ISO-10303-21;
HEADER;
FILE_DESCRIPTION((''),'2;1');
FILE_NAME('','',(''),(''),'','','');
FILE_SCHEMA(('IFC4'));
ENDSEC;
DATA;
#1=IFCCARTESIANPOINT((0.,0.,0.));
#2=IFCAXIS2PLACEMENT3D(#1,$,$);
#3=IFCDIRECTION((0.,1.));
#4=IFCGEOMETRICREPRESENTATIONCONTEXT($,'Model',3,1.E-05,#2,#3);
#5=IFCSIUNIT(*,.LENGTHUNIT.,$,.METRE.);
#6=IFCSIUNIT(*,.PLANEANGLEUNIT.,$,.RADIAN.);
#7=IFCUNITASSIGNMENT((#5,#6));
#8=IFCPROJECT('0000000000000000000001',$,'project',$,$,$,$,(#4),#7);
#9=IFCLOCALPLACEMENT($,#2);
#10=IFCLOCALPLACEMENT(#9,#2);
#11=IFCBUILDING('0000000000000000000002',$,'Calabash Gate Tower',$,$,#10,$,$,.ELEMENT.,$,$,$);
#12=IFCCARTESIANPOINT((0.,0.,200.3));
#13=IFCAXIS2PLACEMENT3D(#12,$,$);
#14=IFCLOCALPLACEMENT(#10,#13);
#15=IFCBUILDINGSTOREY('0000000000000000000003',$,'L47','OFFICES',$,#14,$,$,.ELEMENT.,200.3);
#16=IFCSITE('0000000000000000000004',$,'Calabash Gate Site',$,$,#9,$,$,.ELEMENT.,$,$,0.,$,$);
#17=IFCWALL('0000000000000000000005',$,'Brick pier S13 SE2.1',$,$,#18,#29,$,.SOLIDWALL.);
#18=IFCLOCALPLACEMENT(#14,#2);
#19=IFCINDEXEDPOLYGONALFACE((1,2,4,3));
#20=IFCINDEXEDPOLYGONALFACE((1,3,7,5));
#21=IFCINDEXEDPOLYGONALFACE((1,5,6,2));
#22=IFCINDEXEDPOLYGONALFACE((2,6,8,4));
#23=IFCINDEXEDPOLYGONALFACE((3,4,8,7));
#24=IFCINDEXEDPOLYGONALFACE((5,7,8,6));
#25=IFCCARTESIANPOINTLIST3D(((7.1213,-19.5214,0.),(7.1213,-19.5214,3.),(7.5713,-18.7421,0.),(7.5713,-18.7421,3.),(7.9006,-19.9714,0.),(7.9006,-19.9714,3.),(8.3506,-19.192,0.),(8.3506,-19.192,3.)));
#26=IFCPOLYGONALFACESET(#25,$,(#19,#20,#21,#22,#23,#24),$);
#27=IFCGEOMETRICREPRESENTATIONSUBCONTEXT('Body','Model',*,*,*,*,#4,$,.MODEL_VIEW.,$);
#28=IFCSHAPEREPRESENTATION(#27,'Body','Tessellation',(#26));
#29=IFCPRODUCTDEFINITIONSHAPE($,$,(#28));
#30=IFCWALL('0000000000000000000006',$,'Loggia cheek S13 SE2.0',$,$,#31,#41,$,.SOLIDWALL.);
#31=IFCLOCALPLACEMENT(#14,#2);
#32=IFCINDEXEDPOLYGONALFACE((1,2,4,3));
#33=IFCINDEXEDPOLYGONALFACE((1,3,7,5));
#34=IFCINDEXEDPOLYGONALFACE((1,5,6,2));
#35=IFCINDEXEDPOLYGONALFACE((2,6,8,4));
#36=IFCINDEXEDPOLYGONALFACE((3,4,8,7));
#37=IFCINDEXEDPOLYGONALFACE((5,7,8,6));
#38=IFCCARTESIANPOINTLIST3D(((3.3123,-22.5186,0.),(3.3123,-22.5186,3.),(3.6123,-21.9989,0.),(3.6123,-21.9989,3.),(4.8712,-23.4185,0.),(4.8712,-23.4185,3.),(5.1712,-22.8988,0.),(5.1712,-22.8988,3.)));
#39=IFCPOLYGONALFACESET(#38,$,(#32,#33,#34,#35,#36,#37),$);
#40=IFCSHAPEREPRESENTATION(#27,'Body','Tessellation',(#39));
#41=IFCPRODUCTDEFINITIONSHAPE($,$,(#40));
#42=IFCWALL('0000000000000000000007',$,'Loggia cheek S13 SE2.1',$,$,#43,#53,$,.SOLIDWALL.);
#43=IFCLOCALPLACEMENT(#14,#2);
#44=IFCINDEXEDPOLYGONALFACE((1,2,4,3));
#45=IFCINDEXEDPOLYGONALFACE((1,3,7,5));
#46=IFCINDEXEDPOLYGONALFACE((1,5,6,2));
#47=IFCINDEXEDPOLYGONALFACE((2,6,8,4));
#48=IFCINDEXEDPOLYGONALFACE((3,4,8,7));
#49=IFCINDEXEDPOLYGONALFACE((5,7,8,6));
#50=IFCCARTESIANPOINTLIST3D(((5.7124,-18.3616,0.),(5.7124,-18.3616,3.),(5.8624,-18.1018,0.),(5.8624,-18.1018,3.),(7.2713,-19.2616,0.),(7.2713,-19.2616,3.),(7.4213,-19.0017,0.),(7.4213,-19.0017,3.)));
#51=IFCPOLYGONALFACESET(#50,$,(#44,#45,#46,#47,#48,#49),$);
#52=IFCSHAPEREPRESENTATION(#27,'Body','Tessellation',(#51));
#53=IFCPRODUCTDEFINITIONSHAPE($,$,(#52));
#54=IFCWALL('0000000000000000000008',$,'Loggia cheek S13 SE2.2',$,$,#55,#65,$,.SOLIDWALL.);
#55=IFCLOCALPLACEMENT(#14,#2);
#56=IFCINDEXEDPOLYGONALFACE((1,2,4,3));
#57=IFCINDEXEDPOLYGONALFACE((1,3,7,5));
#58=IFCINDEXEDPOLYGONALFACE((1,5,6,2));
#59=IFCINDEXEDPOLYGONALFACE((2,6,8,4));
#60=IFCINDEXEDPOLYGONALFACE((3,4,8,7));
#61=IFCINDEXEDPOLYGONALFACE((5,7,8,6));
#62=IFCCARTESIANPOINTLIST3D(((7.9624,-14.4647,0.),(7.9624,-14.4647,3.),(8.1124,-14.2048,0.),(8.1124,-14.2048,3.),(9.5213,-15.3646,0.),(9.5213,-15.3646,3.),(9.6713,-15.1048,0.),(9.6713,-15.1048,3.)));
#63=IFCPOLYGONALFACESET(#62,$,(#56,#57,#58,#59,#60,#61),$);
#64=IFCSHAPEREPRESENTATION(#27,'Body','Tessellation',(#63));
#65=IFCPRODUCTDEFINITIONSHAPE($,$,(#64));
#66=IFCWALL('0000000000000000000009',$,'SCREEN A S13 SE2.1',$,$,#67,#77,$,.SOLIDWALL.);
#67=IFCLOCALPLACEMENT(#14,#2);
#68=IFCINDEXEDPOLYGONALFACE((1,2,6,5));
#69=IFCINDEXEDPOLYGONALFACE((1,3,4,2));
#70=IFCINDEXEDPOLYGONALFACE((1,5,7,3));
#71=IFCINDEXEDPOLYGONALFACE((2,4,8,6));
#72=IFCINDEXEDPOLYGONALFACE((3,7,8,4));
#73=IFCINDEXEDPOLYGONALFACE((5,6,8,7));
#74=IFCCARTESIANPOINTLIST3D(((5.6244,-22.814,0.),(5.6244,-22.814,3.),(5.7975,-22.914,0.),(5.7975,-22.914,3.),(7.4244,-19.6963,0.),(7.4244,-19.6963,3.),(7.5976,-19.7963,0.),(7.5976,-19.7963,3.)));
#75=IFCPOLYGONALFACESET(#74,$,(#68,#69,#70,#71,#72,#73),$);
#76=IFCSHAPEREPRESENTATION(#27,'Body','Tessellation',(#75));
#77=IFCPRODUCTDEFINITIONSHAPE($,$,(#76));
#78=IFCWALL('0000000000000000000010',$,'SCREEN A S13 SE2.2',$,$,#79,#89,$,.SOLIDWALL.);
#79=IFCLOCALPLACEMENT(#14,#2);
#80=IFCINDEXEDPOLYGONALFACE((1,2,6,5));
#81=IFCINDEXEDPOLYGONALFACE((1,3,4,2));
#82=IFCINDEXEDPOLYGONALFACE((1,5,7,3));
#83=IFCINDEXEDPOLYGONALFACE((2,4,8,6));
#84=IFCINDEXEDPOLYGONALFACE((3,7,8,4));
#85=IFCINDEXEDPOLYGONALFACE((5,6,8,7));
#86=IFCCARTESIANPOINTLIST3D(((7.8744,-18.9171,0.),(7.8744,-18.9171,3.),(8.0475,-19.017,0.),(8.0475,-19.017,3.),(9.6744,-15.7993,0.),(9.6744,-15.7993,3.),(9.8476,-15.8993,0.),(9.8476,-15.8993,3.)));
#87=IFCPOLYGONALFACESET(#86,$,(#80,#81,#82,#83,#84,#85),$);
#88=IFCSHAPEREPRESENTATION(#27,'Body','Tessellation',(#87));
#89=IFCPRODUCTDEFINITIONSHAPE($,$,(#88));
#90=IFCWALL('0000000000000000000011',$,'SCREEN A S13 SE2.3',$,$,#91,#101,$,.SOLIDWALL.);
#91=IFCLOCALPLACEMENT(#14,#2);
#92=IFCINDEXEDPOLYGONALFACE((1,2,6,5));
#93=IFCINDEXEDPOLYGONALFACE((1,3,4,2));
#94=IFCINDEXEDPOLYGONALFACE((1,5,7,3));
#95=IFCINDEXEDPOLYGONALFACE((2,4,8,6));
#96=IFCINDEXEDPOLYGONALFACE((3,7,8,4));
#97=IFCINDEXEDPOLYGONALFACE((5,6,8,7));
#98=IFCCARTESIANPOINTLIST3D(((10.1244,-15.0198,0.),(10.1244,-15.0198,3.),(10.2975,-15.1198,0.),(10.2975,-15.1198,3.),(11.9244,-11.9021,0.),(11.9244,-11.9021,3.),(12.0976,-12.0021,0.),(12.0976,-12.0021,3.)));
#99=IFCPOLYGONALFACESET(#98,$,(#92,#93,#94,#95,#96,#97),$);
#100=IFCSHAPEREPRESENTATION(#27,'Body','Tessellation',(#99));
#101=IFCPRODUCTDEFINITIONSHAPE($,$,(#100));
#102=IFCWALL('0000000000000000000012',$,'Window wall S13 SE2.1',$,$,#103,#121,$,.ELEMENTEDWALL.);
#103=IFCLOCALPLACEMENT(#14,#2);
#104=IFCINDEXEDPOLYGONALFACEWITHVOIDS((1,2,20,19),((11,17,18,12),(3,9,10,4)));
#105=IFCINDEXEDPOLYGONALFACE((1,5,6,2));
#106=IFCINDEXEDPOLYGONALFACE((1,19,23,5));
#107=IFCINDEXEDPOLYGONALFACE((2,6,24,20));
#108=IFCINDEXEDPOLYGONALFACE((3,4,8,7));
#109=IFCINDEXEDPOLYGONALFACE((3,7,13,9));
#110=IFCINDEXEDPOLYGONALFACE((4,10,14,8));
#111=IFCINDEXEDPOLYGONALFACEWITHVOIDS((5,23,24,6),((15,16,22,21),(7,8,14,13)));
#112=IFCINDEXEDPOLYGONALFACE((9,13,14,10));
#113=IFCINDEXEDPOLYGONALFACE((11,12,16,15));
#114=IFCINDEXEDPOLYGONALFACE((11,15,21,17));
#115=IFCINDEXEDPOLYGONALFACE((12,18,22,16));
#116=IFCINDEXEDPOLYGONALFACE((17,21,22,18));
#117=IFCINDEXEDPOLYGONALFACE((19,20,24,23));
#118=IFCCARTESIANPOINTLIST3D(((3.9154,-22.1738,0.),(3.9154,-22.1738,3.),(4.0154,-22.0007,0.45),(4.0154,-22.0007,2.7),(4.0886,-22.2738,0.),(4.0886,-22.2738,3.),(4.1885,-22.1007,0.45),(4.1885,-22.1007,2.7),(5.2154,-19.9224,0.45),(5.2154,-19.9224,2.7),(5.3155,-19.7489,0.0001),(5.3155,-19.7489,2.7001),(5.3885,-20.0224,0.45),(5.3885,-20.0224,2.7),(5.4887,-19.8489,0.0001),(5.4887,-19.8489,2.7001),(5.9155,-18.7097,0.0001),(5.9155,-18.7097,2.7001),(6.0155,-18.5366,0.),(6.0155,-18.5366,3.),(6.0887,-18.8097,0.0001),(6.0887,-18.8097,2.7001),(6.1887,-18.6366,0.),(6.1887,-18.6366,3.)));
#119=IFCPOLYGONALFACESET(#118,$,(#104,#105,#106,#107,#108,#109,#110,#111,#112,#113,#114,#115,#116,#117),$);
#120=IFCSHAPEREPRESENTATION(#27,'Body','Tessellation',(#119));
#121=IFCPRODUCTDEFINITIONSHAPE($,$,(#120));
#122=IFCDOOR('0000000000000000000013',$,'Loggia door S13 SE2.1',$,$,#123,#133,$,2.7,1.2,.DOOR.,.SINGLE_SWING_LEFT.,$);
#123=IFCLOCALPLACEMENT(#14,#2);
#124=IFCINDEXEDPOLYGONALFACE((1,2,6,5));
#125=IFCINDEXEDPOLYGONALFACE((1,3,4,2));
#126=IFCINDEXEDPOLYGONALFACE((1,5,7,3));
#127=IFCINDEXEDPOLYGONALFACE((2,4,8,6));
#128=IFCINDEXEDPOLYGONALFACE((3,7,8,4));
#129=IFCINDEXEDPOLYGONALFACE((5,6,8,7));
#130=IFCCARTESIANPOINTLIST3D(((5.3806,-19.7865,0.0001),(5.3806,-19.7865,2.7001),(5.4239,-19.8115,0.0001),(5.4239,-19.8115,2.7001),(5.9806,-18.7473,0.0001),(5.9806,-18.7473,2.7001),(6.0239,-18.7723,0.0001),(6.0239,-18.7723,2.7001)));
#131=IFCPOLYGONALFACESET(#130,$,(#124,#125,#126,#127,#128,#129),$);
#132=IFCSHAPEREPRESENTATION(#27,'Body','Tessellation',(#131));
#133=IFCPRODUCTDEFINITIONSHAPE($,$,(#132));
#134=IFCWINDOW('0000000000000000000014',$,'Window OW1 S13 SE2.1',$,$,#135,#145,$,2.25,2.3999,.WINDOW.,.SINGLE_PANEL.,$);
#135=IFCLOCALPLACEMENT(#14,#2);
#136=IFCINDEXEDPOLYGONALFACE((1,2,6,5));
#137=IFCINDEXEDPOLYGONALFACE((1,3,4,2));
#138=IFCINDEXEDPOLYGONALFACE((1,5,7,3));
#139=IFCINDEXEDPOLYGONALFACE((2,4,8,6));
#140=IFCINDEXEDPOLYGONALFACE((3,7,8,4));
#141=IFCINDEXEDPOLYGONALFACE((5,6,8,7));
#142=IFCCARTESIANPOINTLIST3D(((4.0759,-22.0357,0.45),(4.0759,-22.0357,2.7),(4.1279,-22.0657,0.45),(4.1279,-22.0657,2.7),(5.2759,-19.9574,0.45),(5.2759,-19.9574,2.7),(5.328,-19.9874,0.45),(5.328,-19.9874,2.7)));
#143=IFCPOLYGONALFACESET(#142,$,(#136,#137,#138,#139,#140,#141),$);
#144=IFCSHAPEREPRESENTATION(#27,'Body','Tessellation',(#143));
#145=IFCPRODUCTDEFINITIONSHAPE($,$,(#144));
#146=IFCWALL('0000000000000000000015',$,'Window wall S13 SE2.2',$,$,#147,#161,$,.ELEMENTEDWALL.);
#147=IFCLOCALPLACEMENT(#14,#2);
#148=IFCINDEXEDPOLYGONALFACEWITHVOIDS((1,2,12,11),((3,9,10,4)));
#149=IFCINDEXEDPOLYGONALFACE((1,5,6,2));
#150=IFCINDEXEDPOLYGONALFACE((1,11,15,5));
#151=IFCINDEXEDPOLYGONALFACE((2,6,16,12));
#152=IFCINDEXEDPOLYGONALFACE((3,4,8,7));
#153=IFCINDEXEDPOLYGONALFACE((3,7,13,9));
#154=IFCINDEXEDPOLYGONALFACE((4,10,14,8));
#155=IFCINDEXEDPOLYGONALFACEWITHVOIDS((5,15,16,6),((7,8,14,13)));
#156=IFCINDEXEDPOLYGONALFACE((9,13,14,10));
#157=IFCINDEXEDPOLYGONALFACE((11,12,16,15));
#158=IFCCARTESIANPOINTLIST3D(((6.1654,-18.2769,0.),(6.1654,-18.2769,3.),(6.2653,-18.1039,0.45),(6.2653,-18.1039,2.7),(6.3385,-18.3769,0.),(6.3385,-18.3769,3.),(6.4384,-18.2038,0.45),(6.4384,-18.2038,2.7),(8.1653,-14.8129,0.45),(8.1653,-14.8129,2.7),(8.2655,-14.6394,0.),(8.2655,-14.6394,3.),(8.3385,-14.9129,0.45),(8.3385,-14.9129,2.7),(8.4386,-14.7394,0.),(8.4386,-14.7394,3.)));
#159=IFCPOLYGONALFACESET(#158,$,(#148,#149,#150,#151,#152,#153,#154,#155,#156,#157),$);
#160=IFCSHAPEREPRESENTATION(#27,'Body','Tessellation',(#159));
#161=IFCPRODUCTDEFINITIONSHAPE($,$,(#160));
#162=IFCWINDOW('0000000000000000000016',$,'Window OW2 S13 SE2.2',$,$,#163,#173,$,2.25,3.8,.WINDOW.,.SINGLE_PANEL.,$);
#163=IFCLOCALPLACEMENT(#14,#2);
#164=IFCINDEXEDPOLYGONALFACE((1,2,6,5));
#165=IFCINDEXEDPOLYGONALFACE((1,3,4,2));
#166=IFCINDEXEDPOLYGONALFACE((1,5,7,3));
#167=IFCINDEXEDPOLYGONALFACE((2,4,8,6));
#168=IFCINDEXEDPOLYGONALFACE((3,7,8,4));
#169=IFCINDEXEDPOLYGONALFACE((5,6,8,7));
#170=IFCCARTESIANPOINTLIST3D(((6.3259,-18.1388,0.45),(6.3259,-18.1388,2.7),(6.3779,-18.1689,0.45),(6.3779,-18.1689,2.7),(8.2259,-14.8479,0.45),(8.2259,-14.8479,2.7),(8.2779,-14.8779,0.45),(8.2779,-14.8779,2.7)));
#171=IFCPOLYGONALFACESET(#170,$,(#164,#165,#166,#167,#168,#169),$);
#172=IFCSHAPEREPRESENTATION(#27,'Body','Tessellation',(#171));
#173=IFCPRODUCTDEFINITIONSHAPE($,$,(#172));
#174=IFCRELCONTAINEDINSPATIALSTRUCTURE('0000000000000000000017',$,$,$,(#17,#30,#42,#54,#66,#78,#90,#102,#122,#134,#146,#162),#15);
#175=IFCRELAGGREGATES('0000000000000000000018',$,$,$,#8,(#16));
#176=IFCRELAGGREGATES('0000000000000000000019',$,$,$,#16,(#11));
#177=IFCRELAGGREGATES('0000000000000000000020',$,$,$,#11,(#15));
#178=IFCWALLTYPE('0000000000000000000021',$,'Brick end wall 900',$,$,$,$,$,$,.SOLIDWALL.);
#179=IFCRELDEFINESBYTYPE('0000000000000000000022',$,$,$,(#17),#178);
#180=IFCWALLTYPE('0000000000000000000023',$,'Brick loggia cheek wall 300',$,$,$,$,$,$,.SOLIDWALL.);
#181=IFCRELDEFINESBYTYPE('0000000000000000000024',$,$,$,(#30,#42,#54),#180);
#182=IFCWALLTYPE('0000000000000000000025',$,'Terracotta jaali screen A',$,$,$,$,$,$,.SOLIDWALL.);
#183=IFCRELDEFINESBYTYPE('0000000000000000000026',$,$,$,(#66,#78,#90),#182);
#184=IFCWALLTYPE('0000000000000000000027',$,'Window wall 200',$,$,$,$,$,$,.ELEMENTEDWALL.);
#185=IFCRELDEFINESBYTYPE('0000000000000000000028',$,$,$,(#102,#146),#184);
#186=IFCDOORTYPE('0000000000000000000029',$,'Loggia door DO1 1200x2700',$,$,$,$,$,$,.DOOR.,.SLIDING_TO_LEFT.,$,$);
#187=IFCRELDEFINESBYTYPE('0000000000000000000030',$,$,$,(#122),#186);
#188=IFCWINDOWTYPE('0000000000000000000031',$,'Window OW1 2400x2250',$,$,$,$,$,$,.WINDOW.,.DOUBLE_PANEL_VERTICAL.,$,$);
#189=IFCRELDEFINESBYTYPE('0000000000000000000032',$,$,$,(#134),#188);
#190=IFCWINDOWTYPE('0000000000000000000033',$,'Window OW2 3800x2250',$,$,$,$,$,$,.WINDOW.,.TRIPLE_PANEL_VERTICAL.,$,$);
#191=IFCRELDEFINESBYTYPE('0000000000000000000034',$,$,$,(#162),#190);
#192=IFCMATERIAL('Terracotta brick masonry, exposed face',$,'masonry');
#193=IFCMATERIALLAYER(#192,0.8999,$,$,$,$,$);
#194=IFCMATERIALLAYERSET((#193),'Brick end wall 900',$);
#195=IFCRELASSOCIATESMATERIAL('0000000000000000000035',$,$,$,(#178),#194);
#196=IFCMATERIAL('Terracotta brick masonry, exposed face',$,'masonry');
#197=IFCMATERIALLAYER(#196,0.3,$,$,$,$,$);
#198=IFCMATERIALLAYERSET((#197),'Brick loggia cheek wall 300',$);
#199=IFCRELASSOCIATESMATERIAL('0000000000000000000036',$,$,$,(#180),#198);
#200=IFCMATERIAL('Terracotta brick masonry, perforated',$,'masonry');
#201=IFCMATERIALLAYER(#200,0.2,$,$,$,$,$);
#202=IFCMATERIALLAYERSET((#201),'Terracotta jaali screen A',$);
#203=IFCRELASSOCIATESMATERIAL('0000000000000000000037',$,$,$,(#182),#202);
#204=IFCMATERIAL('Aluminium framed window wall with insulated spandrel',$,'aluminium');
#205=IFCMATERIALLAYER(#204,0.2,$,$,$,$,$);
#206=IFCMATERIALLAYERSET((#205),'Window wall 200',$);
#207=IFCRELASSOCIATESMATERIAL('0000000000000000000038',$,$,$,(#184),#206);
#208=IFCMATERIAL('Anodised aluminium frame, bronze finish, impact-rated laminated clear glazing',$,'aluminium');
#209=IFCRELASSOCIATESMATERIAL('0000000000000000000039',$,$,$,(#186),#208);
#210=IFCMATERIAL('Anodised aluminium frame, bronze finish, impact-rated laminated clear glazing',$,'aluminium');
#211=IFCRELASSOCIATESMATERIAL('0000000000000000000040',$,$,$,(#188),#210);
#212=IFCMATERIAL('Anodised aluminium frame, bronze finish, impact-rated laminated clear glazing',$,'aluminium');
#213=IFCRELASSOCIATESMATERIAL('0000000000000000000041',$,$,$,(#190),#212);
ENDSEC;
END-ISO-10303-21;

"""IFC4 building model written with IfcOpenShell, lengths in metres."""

from ifc_helpers import new_model, si_unit, direction, frame, frame_2d, origin, place, context, subcontext, project, spatial, rectangle, extrude, material, layer, layer_set, type_object, element, fill, save


model = new_model("IFC4")

# Units and contexts
model_context = context("Model", 3, precision=1e-05, world=origin(), true_north=direction((0.0, 1.0)))
body_context = subcontext(model_context, "Body", "Model", "MODEL_VIEW")
ifc_project = project(units=[si_unit("LENGTHUNIT", "METRE"), si_unit("PLANEANGLEUNIT", "RADIAN")], contexts=[model_context])

# Site, building, storey
site_placement = place(None, origin())
site = spatial("IfcSite", under=ifc_project, at=site_placement, Name="Calabash Gate Site", CompositionType="ELEMENT", RefElevation=0.0)
building_placement = place(site_placement, origin())
building = spatial("IfcBuilding", under=site, at=building_placement, Name="Calabash Gate Tower", CompositionType="ELEMENT")
storey_placement = place(building_placement, frame((0.0, 0.0, 200.3)))
storey = spatial("IfcBuildingStorey", under=building, at=storey_placement, Name="L47", Description="OFFICES", CompositionType="ELEMENT", Elevation=200.3)

# Walls
ifc_material_1 = material(Name="Terracotta brick masonry, exposed face", Category="masonry")
ifc_layer_1 = layer(ifc_material_1, 0.8999)
ifc_layer_set_1 = layer_set([ifc_layer_1], Name="Brick end wall 900")
wall_type_1 = type_object("IfcWallType", Name="Brick end wall 900", PredefinedType="SOLIDWALL", material=ifc_layer_set_1)
wall_1_placement = place(storey_placement, frame((7.9609, -18.967, 0.0), z_axis=(0.0, 0.0, 1.0), x_axis=(-0.50002, -0.866014, 0.0)))
element("IfcWall", 1, at=wall_1_placement, inside=storey, type_object=wall_type_1, Name="Brick pier S13 SE2.1", PredefinedType="SOLIDWALL", context=body_context, shape_type="SweptSolid", body=[
    extrude(rectangle(XDim=0.8999, YDim=0.8999, at=frame_2d((0.45, 0.0))), origin(), (0.0, 0.0, 1.0), 3.0),
])
ifc_material_2 = material(Name="Terracotta brick masonry, exposed face", Category="masonry")
ifc_layer_2 = layer(ifc_material_2, 0.3)
ifc_layer_set_2 = layer_set([ifc_layer_2], Name="Brick loggia cheek wall 300")
wall_type_2 = type_object("IfcWallType", Name="Brick loggia cheek wall 300", PredefinedType="SOLIDWALL", material=ifc_layer_set_2)
wall_2_placement = place(storey_placement, frame((3.4624, -22.2588, 0.0), z_axis=(0.0, 0.0, 1.0), x_axis=(0.866048, -0.499961, 0.0)))
element("IfcWall", 2, at=wall_2_placement, inside=storey, type_object=wall_type_2, Name="Loggia cheek S13 SE2.0", PredefinedType="SOLIDWALL", context=body_context, shape_type="SweptSolid", body=[
    extrude(rectangle(XDim=1.8, YDim=0.6001, at=frame_2d((0.8999, 0.0))), origin(), (0.0, 0.0, 1.0), 3.0),
])
for number, where, z_axis, x_axis, name in (
    (3, (7.3462, -19.1316, 0.0), (0.0, 0.0, 1.0), (-0.866048, 0.499961, 0.0), "Loggia cheek S13 SE2.1"),
    (4, (9.5962, -15.2346, 0.0), (0.0, 0.0, 1.0), (-0.866048, 0.499961, 0.0), "Loggia cheek S13 SE2.2"),
):
    element("IfcWall", number, at=place(storey_placement, frame(where, z_axis=z_axis, x_axis=x_axis)), inside=storey, type_object=wall_type_2, Name=name, PredefinedType="SOLIDWALL", context=body_context, shape_type="SweptSolid", body=[
        extrude(rectangle(XDim=1.8, YDim=0.3, at=frame_2d((0.8999, 0.0))), origin(), (0.0, 0.0, 1.0), 3.0),
    ])
ifc_material_3 = material(Name="Terracotta brick masonry, perforated", Category="masonry")
ifc_layer_3 = layer(ifc_material_3, 0.2)
ifc_layer_set_3 = layer_set([ifc_layer_3], Name="Terracotta jaali screen A")
wall_type_3 = type_object("IfcWallType", Name="Terracotta jaali screen A", PredefinedType="SOLIDWALL", material=ifc_layer_set_3)
for number, where, z_axis, x_axis, name in (
    (5, (5.7109, -22.864, 0.0), (0.0, 0.0, 1.0), (0.500012, 0.866018, 0.0), "SCREEN A S13 SE2.1"),
    (6, (7.9609, -18.967, 0.0), (0.0, 0.0, 1.0), (0.500012, 0.866018, 0.0), "SCREEN A S13 SE2.2"),
    (7, (10.2109, -15.0698, 0.0), (0.0, 0.0, 1.0), (0.500012, 0.866018, 0.0), "SCREEN A S13 SE2.3"),
):
    element("IfcWall", number, at=place(storey_placement, frame(where, z_axis=z_axis, x_axis=x_axis)), inside=storey, type_object=wall_type_3, Name=name, PredefinedType="SOLIDWALL", context=body_context, shape_type="SweptSolid", body=[
        extrude(rectangle(XDim=3.6001, YDim=0.2, at=frame_2d((1.8, 0.0))), origin(), (0.0, 0.0, 1.0), 3.0),
    ])

# Wall, openings, door, window
ifc_material_4 = material(Name="Aluminium framed window wall with insulated spandrel", Category="aluminium")
ifc_layer_4 = layer(ifc_material_4, 0.2)
ifc_layer_set_4 = layer_set([ifc_layer_4], Name="Window wall 200")
wall_type_4 = type_object("IfcWallType", Name="Window wall 200", PredefinedType="ELEMENTEDWALL", material=ifc_layer_set_4)
wall_3_placement = place(storey_placement, frame((4.002, -22.2239, 0.0), z_axis=(0.0, 0.0, 1.0), x_axis=(0.500028, 0.866009, 0.0)))
wall_3 = element("IfcWall", 8, at=wall_3_placement, inside=storey, type_object=wall_type_4, Name="Window wall S13 SE2.1", PredefinedType="ELEMENTEDWALL", context=body_context, shape_type="SweptSolid", body=[
    extrude(rectangle(XDim=4.2, YDim=0.2, at=frame_2d((2.1001, 0.0))), origin(), (0.0, 0.0, 1.0), 3.0),
])
opening_1_placement = place(wall_3_placement, frame((0.2, 0.0, 0.45)))
opening_1 = element("IfcOpeningElement", 9, at=opening_1_placement, cuts=wall_3, PredefinedType="OPENING", context=body_context, shape_type="SweptSolid", body=[
    extrude(rectangle(XDim=2.3999, YDim=2.25, at=frame_2d((1.2, 1.125))), frame((0.0, 0.1099, 0.0), z_axis=(0.0, -1.0, 0.0), x_axis=(1.0, 0.0, 0.0)), (0.0, 0.0, 1.0), 0.22),
])
opening_2_placement = place(wall_3_placement, frame((2.8, 0.0, 0.0)))
opening_2 = element("IfcOpeningElement", 10, at=opening_2_placement, cuts=wall_3, PredefinedType="OPENING", context=body_context, shape_type="SweptSolid", body=[
    extrude(rectangle(XDim=1.2, YDim=2.7, at=frame_2d((0.6001, 1.3501))), frame((0.0, 0.1099, 0.0), z_axis=(0.0, -1.0, 0.0), x_axis=(1.0, 0.0, 0.0)), (0.0, 0.0, 1.0), 0.22),
])
ifc_material_5 = material(Name="Anodised aluminium frame, bronze finish, impact-rated laminated clear glazing", Category="aluminium")
door_type = type_object("IfcDoorType", Name="Loggia door DO1 1200x2700", OperationType="SLIDING_TO_LEFT", PredefinedType="DOOR", material=ifc_material_5)
door_placement = place(opening_2_placement, origin())
door = element("IfcDoor", 11, at=door_placement, inside=storey, type_object=door_type, Name="Loggia door S13 SE2.1", OperationType="SINGLE_SWING_LEFT", OverallHeight=2.7, OverallWidth=1.2, PredefinedType="DOOR", context=body_context, shape_type="SweptSolid", body=[
    extrude(rectangle(XDim=1.2, YDim=2.7, at=frame_2d((0.6001, 1.3501))), frame((0.0, 0.0249, 0.0), z_axis=(0.0, -1.0, 0.0), x_axis=(1.0, 0.0, 0.0)), (0.0, 0.0, 1.0), 0.05),
])
fill(opening_2, door)
ifc_material_6 = material(Name="Anodised aluminium frame, bronze finish, impact-rated laminated clear glazing", Category="aluminium")
window_type_1 = type_object("IfcWindowType", Name="Window OW1 2400x2250", PartitioningType="DOUBLE_PANEL_VERTICAL", PredefinedType="WINDOW", material=ifc_material_6)
window_1_placement = place(opening_1_placement, origin())
window_1 = element("IfcWindow", 12, at=window_1_placement, inside=storey, type_object=window_type_1, Name="Window OW1 S13 SE2.1", OverallHeight=2.25, OverallWidth=2.3999, PartitioningType="SINGLE_PANEL", PredefinedType="WINDOW", context=body_context, shape_type="SweptSolid", body=[
    extrude(rectangle(XDim=2.3999, YDim=2.25, at=frame_2d((1.2, 1.125))), frame((0.0, 0.03, 0.0), z_axis=(0.0, -1.0, 0.0), x_axis=(1.0, 0.0, 0.0)), (0.0, 0.0, 1.0), 0.0601),
])
fill(opening_1, window_1)

# Wall, opening, window
wall_4_placement = place(storey_placement, frame((6.252, -18.3269, 0.0), z_axis=(0.0, 0.0, 1.0), x_axis=(0.500003, 0.866024, 0.0)))
wall_4 = element("IfcWall", 13, at=wall_4_placement, inside=storey, type_object=wall_type_4, Name="Window wall S13 SE2.2", PredefinedType="ELEMENTEDWALL", context=body_context, shape_type="SweptSolid", body=[
    extrude(rectangle(XDim=4.2002, YDim=0.2, at=frame_2d((2.1001, 0.0))), origin(), (0.0, 0.0, 1.0), 3.0),
])
opening_3_placement = place(wall_4_placement, frame((0.2, 0.0, 0.45)))
opening_3 = element("IfcOpeningElement", 14, at=opening_3_placement, cuts=wall_4, PredefinedType="OPENING", context=body_context, shape_type="SweptSolid", body=[
    extrude(rectangle(XDim=3.8, YDim=2.25, at=frame_2d((1.8999, 1.125))), frame((0.0, 0.1099, 0.0), z_axis=(0.0, -1.0, 0.0), x_axis=(1.0, 0.0, 0.0)), (0.0, 0.0, 1.0), 0.22),
])
ifc_material_7 = material(Name="Anodised aluminium frame, bronze finish, impact-rated laminated clear glazing", Category="aluminium")
window_type_2 = type_object("IfcWindowType", Name="Window OW2 3800x2250", PartitioningType="TRIPLE_PANEL_VERTICAL", PredefinedType="WINDOW", material=ifc_material_7)
window_2_placement = place(opening_3_placement, origin())
window_2 = element("IfcWindow", 15, at=window_2_placement, inside=storey, type_object=window_type_2, Name="Window OW2 S13 SE2.2", OverallHeight=2.25, OverallWidth=3.8, PartitioningType="SINGLE_PANEL", PredefinedType="WINDOW", context=body_context, shape_type="SweptSolid", body=[
    extrude(rectangle(XDim=3.8, YDim=2.25, at=frame_2d((1.8999, 1.125))), frame((0.0, 0.03, 0.0), z_axis=(0.0, -1.0, 0.0), x_axis=(1.0, 0.0, 0.0)), (0.0, 0.0, 1.0), 0.0601),
])
fill(opening_3, window_2)

save(model, "model.ifc")
